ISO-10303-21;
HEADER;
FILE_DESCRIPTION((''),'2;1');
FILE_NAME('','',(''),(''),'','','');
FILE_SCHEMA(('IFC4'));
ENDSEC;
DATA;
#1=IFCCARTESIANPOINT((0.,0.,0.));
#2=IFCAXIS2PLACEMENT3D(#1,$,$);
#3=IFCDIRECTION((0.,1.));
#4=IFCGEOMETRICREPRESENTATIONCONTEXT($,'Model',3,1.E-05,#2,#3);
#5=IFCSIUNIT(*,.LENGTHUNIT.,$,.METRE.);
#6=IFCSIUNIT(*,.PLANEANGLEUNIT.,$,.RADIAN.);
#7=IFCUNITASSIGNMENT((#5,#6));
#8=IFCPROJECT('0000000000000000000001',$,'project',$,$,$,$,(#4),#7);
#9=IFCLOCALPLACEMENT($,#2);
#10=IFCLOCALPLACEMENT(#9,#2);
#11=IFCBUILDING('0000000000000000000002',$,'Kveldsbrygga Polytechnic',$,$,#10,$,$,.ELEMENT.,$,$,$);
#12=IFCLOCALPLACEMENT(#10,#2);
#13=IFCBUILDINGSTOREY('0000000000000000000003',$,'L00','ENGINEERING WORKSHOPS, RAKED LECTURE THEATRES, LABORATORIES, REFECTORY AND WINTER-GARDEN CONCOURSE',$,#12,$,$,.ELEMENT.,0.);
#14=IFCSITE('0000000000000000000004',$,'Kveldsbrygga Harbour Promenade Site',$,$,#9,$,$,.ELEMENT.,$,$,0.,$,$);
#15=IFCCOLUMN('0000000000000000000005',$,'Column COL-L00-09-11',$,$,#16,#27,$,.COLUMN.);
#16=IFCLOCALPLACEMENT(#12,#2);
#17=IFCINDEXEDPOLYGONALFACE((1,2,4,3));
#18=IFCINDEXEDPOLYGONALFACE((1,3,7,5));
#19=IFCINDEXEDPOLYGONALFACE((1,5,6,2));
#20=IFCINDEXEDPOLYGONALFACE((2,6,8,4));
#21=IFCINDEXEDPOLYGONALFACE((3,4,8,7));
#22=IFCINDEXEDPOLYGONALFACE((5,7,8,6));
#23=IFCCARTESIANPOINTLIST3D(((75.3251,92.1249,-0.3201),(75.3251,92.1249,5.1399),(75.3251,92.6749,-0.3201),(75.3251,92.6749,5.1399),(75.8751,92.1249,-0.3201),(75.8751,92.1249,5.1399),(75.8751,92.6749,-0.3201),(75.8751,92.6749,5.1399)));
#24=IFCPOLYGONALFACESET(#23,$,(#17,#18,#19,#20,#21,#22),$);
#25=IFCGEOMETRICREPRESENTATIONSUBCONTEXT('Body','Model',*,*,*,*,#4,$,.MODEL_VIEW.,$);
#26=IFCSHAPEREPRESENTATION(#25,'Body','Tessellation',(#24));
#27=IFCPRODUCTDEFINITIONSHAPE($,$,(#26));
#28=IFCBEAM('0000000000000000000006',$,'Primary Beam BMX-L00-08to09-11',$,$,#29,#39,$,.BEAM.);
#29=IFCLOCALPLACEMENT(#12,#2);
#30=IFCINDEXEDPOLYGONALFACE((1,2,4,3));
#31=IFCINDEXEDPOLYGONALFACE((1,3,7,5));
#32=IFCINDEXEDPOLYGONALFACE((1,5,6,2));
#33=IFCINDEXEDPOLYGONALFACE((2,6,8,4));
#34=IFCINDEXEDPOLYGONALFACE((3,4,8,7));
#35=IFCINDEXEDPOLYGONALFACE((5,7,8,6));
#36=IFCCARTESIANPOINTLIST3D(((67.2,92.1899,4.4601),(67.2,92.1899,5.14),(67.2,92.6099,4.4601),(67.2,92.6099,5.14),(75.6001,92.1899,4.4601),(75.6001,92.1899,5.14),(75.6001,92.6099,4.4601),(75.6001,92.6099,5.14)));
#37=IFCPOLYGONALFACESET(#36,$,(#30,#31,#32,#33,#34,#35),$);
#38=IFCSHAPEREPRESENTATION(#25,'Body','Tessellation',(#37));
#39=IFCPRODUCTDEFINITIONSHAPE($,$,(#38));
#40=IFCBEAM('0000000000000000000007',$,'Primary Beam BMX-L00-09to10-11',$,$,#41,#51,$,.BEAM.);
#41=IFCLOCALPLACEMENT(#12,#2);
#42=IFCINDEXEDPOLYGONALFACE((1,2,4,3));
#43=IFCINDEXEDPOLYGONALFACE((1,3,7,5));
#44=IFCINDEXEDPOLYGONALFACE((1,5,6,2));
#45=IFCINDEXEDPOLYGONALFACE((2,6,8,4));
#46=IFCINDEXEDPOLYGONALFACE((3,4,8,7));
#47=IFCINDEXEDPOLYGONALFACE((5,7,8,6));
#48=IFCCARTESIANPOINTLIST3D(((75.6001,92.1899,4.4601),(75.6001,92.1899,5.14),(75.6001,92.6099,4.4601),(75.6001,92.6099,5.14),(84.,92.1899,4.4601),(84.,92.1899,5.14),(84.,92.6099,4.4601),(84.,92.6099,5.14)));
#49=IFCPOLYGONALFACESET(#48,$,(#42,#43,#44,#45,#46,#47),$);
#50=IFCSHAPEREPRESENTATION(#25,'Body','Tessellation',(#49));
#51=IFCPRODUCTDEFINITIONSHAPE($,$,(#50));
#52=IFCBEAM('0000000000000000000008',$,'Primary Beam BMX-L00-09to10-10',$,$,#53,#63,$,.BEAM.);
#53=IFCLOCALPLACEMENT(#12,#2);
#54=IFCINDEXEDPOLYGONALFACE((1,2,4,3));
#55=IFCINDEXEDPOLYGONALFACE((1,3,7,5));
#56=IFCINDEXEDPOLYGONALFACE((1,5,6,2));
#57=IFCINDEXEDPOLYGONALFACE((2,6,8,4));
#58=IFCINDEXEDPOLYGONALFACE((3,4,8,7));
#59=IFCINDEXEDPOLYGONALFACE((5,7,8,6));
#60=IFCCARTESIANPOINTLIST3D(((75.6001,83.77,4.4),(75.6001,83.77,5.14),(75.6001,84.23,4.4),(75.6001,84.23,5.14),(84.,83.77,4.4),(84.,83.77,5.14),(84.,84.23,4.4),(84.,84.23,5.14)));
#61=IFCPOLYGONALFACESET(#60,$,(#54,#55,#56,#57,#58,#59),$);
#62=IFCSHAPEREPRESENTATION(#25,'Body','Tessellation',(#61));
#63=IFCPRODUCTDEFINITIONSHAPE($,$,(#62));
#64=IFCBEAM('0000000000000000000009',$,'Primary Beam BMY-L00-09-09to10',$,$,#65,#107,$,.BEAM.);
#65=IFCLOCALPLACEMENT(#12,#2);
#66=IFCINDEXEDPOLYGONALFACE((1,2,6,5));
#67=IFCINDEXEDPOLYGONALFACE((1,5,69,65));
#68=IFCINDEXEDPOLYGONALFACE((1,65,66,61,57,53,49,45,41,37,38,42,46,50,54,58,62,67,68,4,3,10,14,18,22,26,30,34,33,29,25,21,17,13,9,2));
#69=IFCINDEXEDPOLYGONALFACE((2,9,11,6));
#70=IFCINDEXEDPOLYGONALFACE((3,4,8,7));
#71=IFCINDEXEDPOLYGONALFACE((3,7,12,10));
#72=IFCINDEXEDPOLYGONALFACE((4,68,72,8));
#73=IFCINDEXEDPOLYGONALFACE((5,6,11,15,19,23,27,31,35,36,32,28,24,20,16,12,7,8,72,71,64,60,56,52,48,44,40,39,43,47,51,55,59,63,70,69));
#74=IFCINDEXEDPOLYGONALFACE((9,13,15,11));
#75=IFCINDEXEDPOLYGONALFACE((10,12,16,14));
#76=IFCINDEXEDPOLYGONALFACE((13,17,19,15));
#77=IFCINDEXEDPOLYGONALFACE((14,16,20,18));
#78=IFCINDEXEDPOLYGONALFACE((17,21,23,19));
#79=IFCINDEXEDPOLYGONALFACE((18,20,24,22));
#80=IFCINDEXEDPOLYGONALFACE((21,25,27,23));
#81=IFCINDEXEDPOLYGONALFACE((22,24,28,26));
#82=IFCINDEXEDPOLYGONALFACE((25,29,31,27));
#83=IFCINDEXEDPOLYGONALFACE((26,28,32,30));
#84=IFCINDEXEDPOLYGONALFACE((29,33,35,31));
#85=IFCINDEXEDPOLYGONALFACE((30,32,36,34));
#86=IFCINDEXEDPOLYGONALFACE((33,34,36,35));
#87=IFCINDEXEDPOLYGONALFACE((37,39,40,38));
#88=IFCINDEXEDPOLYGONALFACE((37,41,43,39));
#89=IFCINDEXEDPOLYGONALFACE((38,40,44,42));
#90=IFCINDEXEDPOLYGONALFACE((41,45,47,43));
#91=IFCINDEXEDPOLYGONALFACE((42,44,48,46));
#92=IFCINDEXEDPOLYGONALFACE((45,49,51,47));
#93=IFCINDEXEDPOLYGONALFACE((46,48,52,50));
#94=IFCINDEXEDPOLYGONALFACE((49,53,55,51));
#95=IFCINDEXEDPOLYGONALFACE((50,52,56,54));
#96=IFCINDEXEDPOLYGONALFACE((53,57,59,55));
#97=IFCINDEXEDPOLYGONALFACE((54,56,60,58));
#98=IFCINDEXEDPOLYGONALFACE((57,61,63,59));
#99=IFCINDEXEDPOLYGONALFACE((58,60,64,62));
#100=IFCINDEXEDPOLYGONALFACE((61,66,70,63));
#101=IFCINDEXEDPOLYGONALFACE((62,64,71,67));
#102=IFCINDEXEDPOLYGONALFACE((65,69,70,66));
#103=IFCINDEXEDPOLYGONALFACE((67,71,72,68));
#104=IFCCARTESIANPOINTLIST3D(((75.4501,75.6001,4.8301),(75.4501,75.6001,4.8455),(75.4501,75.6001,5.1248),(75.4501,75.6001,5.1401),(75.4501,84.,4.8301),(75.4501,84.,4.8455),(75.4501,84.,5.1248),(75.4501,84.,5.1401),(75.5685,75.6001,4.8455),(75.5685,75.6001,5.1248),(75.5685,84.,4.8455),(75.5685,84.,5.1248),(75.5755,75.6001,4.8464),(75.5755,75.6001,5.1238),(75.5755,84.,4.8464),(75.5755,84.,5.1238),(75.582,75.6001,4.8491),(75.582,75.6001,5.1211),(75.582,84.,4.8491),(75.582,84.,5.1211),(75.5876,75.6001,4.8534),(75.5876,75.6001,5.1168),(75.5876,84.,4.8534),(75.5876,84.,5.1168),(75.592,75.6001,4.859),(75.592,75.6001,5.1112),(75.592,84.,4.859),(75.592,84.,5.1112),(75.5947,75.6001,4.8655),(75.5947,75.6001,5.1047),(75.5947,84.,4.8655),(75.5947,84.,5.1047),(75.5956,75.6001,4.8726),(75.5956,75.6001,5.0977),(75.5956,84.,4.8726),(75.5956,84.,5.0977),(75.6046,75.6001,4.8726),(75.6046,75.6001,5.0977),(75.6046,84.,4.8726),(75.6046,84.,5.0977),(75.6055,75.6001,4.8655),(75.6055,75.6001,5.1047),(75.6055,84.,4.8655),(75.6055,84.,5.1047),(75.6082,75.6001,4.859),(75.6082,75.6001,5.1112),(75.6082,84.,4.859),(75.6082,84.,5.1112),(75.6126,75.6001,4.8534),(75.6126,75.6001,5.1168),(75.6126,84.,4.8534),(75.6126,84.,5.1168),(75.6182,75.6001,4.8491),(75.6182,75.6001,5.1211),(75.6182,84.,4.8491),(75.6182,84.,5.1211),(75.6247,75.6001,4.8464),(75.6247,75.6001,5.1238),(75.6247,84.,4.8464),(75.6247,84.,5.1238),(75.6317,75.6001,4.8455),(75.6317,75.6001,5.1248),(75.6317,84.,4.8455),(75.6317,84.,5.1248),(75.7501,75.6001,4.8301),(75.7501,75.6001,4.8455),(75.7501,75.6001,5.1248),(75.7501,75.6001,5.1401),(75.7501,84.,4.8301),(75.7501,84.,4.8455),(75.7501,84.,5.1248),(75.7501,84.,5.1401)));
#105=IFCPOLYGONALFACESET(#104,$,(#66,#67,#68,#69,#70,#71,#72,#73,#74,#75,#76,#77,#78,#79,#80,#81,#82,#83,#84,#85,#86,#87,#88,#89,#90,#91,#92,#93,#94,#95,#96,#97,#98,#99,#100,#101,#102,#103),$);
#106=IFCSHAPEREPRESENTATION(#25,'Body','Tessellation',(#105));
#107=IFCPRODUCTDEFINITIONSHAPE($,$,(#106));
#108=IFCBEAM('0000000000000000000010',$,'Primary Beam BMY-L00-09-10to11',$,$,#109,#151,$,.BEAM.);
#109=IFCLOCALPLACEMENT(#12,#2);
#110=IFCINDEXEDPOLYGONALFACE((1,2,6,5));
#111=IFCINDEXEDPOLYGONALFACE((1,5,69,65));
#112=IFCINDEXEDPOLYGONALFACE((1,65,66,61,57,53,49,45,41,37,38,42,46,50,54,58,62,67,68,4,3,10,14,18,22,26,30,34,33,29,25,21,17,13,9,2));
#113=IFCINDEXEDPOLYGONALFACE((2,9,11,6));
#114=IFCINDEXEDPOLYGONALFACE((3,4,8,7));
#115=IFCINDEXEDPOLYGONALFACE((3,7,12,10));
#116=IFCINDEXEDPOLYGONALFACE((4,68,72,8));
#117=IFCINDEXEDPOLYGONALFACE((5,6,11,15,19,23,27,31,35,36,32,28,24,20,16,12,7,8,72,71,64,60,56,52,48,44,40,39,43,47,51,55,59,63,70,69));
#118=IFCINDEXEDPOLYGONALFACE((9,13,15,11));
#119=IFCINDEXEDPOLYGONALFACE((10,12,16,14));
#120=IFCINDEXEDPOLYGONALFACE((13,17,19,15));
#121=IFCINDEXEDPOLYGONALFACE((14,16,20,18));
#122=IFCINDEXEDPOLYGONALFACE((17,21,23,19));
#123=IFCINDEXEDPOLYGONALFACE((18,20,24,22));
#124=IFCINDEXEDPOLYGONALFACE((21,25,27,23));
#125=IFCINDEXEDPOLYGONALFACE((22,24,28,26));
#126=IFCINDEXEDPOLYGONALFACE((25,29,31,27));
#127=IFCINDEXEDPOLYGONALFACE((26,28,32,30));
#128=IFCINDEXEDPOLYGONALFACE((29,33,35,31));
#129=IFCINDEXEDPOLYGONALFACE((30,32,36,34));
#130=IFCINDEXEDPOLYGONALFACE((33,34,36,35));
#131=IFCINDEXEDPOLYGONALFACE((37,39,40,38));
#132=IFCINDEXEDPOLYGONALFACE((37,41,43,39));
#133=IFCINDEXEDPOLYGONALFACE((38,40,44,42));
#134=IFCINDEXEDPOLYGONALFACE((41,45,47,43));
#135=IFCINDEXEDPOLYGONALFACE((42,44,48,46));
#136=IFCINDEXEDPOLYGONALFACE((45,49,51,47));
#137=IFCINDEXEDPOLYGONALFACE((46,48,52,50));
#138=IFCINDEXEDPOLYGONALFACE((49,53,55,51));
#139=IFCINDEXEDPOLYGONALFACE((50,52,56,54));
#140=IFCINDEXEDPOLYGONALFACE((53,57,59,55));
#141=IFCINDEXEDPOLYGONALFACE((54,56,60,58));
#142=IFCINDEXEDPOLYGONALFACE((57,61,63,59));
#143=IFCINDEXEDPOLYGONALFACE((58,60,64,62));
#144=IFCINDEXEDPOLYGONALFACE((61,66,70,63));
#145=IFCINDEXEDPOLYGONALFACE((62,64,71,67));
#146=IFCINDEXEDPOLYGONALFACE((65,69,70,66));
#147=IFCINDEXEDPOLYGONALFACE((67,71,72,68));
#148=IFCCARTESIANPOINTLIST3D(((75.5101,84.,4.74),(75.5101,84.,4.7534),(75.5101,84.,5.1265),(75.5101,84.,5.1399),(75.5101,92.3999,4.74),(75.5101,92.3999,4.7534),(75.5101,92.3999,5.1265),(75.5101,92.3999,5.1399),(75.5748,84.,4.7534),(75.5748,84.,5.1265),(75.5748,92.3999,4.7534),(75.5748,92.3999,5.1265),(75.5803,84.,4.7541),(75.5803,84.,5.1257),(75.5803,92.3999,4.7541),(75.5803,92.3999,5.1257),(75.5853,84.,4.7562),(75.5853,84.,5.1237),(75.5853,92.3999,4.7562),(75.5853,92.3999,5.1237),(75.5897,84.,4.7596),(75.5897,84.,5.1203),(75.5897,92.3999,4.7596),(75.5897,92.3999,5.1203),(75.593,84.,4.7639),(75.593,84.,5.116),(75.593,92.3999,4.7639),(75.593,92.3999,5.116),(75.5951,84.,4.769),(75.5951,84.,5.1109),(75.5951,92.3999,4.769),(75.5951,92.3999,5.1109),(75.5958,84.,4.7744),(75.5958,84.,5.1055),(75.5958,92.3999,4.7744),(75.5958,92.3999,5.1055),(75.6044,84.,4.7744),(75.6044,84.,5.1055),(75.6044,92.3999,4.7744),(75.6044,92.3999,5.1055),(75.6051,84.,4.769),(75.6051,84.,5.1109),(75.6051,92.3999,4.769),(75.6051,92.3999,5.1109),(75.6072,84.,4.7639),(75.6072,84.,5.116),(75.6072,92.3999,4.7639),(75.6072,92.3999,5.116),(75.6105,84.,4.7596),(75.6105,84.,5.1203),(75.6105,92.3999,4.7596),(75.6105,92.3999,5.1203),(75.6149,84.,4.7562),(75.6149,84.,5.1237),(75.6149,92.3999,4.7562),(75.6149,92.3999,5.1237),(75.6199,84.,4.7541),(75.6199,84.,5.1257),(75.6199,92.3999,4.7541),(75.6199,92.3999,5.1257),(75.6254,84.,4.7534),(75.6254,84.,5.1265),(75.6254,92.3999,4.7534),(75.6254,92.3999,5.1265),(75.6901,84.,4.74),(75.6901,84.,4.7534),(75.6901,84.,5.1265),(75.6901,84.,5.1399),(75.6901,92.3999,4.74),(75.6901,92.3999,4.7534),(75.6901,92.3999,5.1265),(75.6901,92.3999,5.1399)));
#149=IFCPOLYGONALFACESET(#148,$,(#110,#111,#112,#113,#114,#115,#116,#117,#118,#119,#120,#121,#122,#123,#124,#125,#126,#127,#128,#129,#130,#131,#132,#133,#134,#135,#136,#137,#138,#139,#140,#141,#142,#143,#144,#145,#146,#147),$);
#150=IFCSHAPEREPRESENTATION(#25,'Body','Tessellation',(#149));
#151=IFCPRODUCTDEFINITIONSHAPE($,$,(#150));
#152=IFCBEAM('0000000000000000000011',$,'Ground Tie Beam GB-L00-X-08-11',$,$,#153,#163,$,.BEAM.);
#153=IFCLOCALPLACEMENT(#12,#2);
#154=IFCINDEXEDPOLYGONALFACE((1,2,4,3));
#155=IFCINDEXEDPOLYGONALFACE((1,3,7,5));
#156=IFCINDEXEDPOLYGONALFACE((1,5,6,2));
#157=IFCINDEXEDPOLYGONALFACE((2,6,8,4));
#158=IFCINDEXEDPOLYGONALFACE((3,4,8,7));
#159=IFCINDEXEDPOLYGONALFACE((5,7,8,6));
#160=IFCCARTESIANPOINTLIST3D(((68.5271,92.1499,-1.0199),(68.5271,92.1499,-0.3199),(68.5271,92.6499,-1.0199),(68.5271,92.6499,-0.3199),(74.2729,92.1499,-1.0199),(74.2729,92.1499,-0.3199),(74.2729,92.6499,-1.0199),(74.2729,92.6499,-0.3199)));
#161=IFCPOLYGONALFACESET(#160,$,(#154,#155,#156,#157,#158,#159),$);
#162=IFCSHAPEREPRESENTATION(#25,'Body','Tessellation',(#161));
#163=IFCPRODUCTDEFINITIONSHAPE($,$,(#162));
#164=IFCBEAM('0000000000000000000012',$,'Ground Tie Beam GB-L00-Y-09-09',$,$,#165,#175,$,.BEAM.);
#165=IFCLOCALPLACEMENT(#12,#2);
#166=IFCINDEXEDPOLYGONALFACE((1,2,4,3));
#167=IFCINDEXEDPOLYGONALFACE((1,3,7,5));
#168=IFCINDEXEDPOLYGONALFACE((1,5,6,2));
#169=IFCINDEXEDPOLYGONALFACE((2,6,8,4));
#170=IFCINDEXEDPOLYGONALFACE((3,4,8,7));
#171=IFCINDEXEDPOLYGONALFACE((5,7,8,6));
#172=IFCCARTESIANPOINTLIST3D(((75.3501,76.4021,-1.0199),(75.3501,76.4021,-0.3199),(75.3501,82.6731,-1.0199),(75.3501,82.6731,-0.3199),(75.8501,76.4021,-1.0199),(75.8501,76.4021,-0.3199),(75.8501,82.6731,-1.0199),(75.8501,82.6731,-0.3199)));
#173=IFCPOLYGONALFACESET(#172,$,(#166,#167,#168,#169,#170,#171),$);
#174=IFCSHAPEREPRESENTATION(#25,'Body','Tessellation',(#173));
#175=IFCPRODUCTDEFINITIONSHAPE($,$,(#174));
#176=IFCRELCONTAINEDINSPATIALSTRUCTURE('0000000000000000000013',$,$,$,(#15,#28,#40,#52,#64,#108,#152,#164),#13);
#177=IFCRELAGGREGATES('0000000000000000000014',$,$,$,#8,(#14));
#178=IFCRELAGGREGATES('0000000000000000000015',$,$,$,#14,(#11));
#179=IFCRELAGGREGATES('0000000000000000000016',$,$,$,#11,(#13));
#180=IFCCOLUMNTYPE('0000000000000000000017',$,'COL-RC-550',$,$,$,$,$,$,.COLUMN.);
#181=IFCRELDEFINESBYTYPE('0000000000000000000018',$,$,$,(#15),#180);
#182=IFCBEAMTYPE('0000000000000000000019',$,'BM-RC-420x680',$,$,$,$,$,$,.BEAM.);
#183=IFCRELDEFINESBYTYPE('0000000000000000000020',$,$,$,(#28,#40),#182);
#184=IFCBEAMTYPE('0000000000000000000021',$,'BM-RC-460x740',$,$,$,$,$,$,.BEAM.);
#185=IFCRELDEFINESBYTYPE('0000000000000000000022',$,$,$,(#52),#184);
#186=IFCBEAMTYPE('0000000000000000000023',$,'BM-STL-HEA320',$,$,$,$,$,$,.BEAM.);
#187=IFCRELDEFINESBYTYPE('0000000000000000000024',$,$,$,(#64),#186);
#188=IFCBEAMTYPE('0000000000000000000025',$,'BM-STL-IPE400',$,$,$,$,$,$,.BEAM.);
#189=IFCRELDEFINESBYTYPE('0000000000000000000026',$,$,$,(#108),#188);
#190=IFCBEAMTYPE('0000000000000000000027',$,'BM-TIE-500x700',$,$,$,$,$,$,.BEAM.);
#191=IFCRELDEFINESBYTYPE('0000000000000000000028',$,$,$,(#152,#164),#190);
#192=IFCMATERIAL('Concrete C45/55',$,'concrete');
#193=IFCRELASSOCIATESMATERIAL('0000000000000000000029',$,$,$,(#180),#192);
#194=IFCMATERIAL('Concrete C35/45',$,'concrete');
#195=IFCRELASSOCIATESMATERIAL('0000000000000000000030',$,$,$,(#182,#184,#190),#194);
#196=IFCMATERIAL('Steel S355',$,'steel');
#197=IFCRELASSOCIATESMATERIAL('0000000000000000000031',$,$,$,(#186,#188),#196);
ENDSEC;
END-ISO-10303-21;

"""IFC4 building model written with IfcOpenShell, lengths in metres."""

from ifc_helpers import new_model, si_unit, direction, frame, origin, origin_2d, place, context, subcontext, project, spatial, rectangle, i_section, extrude, material, material_profile, profile_set, type_object, element, save


model = new_model("IFC4")

# Units and contexts
model_context = context("Model", 3, precision=1e-05, world=origin(), true_north=direction((0.0, 1.0)))
body_context = subcontext(model_context, "Body", "Model", "MODEL_VIEW")
ifc_project = project(units=[si_unit("LENGTHUNIT", "METRE"), si_unit("PLANEANGLEUNIT", "RADIAN")], contexts=[model_context])

# Site, building, storey
site_placement = place(None, origin())
site = spatial("IfcSite", under=ifc_project, at=site_placement, Name="Kveldsbrygga Harbour Promenade Site", CompositionType="ELEMENT", RefElevation=0.0)
building_placement = place(site_placement, origin())
building = spatial("IfcBuilding", under=site, at=building_placement, Name="Kveldsbrygga Polytechnic", CompositionType="ELEMENT")
storey_placement = place(building_placement, origin())
storey = spatial("IfcBuildingStorey", under=building, at=storey_placement, Name="L00", Description="ENGINEERING WORKSHOPS, RAKED LECTURE THEATRES, LABORATORIES, REFECTORY AND WINTER-GARDEN CONCOURSE", CompositionType="ELEMENT", Elevation=0.0)

# Shared definitions
ifc_material_1 = material(Name="Concrete C45/55", Category="concrete")

# Column
ifc_material_profile_1 = material_profile(ifc_material_1, rectangle(XDim=0.55, YDim=0.55, at=origin_2d()), Name="RC 550x550")
ifc_profile_set_1 = profile_set([ifc_material_profile_1], Name="Concrete C45/55")
column_type_1 = type_object("IfcColumnType", Name="COL-RC-550", PredefinedType="COLUMN", material=ifc_profile_set_1)
column_1_placement = place(storey_placement, frame((75.6001, 92.3999, -0.3201), z_axis=(0.0, 0.0, 1.0), x_axis=(1.0, 0.0, 0.0)))
element("IfcColumn", 1, at=column_1_placement, inside=storey, type_object=column_type_1, Name="Column COL-L00-09-11", PredefinedType="COLUMN", context=body_context, shape_type="SweptSolid", body=[
    extrude(rectangle(XDim=0.55, YDim=0.55, at=origin_2d()), origin(), (0.0, 0.0, 1.0), 5.46),
])

# Beams
ifc_material_2 = material(Name="Concrete C35/45", Category="concrete")
ifc_material_profile_2 = material_profile(ifc_material_2, rectangle(XDim=0.4199, YDim=0.6799, at=origin_2d()), Name="RC 420x680")
ifc_profile_set_2 = profile_set([ifc_material_profile_2], Name="Concrete C35/45")
beam_type_1 = type_object("IfcBeamType", Name="BM-RC-420x680", PredefinedType="BEAM", material=ifc_profile_set_2)
beam_1_placement = place(storey_placement, frame((67.2, 92.3999, 4.8), z_axis=(1.0, 0.0, 0.0), x_axis=(0.0, 1.0, 0.0)))
element("IfcBeam", 2, at=beam_1_placement, inside=storey, type_object=beam_type_1, Name="Primary Beam BMX-L00-08to09-11", PredefinedType="BEAM", context=body_context, shape_type="SweptSolid", body=[
    extrude(rectangle(XDim=0.4199, YDim=0.6799, at=origin_2d()), origin(), (0.0, 0.0, 1.0), 8.4001),
])
beam_2_placement = place(storey_placement, frame((75.6001, 92.3999, 4.8), z_axis=(1.0, 0.0, 0.0), x_axis=(0.0, 1.0, 0.0)))
element("IfcBeam", 3, at=beam_2_placement, inside=storey, type_object=beam_type_1, Name="Primary Beam BMX-L00-09to10-11", PredefinedType="BEAM", context=body_context, shape_type="SweptSolid", body=[
    extrude(rectangle(XDim=0.4199, YDim=0.6799, at=origin_2d()), origin(), (0.0, 0.0, 1.0), 8.3999),
])
ifc_material_profile_3 = material_profile(ifc_material_2, rectangle(XDim=0.46, YDim=0.74, at=origin_2d()), Name="RC 460x740")
ifc_profile_set_3 = profile_set([ifc_material_profile_3], Name="Concrete C35/45")
beam_type_2 = type_object("IfcBeamType", Name="BM-RC-460x740", PredefinedType="BEAM", material=ifc_profile_set_3)
beam_3_placement = place(storey_placement, frame((75.6001, 84.0, 4.77), z_axis=(1.0, 0.0, 0.0), x_axis=(0.0, 1.0, 0.0)))
element("IfcBeam", 4, at=beam_3_placement, inside=storey, type_object=beam_type_2, Name="Primary Beam BMX-L00-09to10-10", PredefinedType="BEAM", context=body_context, shape_type="SweptSolid", body=[
    extrude(rectangle(XDim=0.46, YDim=0.74, at=origin_2d()), origin(), (0.0, 0.0, 1.0), 8.3999),
])
ifc_material_3 = material(Name="Steel S355", Category="steel")
ifc_material_profile_4 = material_profile(ifc_material_3, i_section(OverallWidth=0.3, OverallDepth=0.3101, WebThickness=0.009, FlangeThickness=0.0154, FilletRadius=0.0271, at=origin_2d()), Name="HEA 320")
ifc_profile_set_4 = profile_set([ifc_material_profile_4], Name="Steel S355")
beam_type_3 = type_object("IfcBeamType", Name="BM-STL-HEA320", PredefinedType="BEAM", material=ifc_profile_set_4)
beam_4_placement = place(storey_placement, frame((75.6001, 75.6001, 4.9851), z_axis=(0.0, 1.0, 0.0), x_axis=(-1.0, 0.0, 0.0)))
element("IfcBeam", 5, at=beam_4_placement, inside=storey, type_object=beam_type_3, Name="Primary Beam BMY-L00-09-09to10", PredefinedType="BEAM", context=body_context, shape_type="SweptSolid", body=[
    extrude(i_section(OverallWidth=0.3, OverallDepth=0.3101, WebThickness=0.009, FlangeThickness=0.0154, FilletRadius=0.0271, at=origin_2d()), origin(), (0.0, 0.0, 1.0), 8.3999),
])
ifc_material_profile_5 = material_profile(ifc_material_3, i_section(OverallWidth=0.1799, OverallDepth=0.3999, WebThickness=0.0085, FlangeThickness=0.0134, FilletRadius=0.021, at=origin_2d()), Name="IPE 400")
ifc_profile_set_5 = profile_set([ifc_material_profile_5], Name="Steel S355")
beam_type_4 = type_object("IfcBeamType", Name="BM-STL-IPE400", PredefinedType="BEAM", material=ifc_profile_set_5)
beam_5_placement = place(storey_placement, frame((75.6001, 84.0, 4.9399), z_axis=(0.0, 1.0, 0.0), x_axis=(-1.0, 0.0, 0.0)))
element("IfcBeam", 6, at=beam_5_placement, inside=storey, type_object=beam_type_4, Name="Primary Beam BMY-L00-09-10to11", PredefinedType="BEAM", context=body_context, shape_type="SweptSolid", body=[
    extrude(i_section(OverallWidth=0.1799, OverallDepth=0.3999, WebThickness=0.0085, FlangeThickness=0.0134, FilletRadius=0.021, at=origin_2d()), origin(), (0.0, 0.0, 1.0), 8.3999),
])
ifc_material_profile_6 = material_profile(ifc_material_2, rectangle(XDim=0.5, YDim=0.7, at=origin_2d()), Name="RC 500x700")
ifc_profile_set_6 = profile_set([ifc_material_profile_6], Name="Concrete C35/45")
beam_type_5 = type_object("IfcBeamType", Name="BM-TIE-500x700", PredefinedType="BEAM", material=ifc_profile_set_6)
beam_6_placement = place(storey_placement, frame((68.5271, 92.3999, -0.6699), z_axis=(1.0, 0.0, 0.0), x_axis=(0.0, 1.0, 0.0)))
element("IfcBeam", 7, at=beam_6_placement, inside=storey, type_object=beam_type_5, Name="Ground Tie Beam GB-L00-X-08-11", PredefinedType="BEAM", context=body_context, shape_type="SweptSolid", body=[
    extrude(rectangle(XDim=0.5, YDim=0.7, at=origin_2d()), origin(), (0.0, 0.0, 1.0), 5.7458),
])
beam_7_placement = place(storey_placement, frame((75.6001, 76.4021, -0.6699), z_axis=(0.0, 1.0, 0.0), x_axis=(-1.0, 0.0, 0.0)))
element("IfcBeam", 8, at=beam_7_placement, inside=storey, type_object=beam_type_5, Name="Ground Tie Beam GB-L00-Y-09-09", PredefinedType="BEAM", context=body_context, shape_type="SweptSolid", body=[
    extrude(rectangle(XDim=0.5, YDim=0.7, at=origin_2d()), origin(), (0.0, 0.0, 1.0), 6.271),
])

save(model, "model.ifc")
